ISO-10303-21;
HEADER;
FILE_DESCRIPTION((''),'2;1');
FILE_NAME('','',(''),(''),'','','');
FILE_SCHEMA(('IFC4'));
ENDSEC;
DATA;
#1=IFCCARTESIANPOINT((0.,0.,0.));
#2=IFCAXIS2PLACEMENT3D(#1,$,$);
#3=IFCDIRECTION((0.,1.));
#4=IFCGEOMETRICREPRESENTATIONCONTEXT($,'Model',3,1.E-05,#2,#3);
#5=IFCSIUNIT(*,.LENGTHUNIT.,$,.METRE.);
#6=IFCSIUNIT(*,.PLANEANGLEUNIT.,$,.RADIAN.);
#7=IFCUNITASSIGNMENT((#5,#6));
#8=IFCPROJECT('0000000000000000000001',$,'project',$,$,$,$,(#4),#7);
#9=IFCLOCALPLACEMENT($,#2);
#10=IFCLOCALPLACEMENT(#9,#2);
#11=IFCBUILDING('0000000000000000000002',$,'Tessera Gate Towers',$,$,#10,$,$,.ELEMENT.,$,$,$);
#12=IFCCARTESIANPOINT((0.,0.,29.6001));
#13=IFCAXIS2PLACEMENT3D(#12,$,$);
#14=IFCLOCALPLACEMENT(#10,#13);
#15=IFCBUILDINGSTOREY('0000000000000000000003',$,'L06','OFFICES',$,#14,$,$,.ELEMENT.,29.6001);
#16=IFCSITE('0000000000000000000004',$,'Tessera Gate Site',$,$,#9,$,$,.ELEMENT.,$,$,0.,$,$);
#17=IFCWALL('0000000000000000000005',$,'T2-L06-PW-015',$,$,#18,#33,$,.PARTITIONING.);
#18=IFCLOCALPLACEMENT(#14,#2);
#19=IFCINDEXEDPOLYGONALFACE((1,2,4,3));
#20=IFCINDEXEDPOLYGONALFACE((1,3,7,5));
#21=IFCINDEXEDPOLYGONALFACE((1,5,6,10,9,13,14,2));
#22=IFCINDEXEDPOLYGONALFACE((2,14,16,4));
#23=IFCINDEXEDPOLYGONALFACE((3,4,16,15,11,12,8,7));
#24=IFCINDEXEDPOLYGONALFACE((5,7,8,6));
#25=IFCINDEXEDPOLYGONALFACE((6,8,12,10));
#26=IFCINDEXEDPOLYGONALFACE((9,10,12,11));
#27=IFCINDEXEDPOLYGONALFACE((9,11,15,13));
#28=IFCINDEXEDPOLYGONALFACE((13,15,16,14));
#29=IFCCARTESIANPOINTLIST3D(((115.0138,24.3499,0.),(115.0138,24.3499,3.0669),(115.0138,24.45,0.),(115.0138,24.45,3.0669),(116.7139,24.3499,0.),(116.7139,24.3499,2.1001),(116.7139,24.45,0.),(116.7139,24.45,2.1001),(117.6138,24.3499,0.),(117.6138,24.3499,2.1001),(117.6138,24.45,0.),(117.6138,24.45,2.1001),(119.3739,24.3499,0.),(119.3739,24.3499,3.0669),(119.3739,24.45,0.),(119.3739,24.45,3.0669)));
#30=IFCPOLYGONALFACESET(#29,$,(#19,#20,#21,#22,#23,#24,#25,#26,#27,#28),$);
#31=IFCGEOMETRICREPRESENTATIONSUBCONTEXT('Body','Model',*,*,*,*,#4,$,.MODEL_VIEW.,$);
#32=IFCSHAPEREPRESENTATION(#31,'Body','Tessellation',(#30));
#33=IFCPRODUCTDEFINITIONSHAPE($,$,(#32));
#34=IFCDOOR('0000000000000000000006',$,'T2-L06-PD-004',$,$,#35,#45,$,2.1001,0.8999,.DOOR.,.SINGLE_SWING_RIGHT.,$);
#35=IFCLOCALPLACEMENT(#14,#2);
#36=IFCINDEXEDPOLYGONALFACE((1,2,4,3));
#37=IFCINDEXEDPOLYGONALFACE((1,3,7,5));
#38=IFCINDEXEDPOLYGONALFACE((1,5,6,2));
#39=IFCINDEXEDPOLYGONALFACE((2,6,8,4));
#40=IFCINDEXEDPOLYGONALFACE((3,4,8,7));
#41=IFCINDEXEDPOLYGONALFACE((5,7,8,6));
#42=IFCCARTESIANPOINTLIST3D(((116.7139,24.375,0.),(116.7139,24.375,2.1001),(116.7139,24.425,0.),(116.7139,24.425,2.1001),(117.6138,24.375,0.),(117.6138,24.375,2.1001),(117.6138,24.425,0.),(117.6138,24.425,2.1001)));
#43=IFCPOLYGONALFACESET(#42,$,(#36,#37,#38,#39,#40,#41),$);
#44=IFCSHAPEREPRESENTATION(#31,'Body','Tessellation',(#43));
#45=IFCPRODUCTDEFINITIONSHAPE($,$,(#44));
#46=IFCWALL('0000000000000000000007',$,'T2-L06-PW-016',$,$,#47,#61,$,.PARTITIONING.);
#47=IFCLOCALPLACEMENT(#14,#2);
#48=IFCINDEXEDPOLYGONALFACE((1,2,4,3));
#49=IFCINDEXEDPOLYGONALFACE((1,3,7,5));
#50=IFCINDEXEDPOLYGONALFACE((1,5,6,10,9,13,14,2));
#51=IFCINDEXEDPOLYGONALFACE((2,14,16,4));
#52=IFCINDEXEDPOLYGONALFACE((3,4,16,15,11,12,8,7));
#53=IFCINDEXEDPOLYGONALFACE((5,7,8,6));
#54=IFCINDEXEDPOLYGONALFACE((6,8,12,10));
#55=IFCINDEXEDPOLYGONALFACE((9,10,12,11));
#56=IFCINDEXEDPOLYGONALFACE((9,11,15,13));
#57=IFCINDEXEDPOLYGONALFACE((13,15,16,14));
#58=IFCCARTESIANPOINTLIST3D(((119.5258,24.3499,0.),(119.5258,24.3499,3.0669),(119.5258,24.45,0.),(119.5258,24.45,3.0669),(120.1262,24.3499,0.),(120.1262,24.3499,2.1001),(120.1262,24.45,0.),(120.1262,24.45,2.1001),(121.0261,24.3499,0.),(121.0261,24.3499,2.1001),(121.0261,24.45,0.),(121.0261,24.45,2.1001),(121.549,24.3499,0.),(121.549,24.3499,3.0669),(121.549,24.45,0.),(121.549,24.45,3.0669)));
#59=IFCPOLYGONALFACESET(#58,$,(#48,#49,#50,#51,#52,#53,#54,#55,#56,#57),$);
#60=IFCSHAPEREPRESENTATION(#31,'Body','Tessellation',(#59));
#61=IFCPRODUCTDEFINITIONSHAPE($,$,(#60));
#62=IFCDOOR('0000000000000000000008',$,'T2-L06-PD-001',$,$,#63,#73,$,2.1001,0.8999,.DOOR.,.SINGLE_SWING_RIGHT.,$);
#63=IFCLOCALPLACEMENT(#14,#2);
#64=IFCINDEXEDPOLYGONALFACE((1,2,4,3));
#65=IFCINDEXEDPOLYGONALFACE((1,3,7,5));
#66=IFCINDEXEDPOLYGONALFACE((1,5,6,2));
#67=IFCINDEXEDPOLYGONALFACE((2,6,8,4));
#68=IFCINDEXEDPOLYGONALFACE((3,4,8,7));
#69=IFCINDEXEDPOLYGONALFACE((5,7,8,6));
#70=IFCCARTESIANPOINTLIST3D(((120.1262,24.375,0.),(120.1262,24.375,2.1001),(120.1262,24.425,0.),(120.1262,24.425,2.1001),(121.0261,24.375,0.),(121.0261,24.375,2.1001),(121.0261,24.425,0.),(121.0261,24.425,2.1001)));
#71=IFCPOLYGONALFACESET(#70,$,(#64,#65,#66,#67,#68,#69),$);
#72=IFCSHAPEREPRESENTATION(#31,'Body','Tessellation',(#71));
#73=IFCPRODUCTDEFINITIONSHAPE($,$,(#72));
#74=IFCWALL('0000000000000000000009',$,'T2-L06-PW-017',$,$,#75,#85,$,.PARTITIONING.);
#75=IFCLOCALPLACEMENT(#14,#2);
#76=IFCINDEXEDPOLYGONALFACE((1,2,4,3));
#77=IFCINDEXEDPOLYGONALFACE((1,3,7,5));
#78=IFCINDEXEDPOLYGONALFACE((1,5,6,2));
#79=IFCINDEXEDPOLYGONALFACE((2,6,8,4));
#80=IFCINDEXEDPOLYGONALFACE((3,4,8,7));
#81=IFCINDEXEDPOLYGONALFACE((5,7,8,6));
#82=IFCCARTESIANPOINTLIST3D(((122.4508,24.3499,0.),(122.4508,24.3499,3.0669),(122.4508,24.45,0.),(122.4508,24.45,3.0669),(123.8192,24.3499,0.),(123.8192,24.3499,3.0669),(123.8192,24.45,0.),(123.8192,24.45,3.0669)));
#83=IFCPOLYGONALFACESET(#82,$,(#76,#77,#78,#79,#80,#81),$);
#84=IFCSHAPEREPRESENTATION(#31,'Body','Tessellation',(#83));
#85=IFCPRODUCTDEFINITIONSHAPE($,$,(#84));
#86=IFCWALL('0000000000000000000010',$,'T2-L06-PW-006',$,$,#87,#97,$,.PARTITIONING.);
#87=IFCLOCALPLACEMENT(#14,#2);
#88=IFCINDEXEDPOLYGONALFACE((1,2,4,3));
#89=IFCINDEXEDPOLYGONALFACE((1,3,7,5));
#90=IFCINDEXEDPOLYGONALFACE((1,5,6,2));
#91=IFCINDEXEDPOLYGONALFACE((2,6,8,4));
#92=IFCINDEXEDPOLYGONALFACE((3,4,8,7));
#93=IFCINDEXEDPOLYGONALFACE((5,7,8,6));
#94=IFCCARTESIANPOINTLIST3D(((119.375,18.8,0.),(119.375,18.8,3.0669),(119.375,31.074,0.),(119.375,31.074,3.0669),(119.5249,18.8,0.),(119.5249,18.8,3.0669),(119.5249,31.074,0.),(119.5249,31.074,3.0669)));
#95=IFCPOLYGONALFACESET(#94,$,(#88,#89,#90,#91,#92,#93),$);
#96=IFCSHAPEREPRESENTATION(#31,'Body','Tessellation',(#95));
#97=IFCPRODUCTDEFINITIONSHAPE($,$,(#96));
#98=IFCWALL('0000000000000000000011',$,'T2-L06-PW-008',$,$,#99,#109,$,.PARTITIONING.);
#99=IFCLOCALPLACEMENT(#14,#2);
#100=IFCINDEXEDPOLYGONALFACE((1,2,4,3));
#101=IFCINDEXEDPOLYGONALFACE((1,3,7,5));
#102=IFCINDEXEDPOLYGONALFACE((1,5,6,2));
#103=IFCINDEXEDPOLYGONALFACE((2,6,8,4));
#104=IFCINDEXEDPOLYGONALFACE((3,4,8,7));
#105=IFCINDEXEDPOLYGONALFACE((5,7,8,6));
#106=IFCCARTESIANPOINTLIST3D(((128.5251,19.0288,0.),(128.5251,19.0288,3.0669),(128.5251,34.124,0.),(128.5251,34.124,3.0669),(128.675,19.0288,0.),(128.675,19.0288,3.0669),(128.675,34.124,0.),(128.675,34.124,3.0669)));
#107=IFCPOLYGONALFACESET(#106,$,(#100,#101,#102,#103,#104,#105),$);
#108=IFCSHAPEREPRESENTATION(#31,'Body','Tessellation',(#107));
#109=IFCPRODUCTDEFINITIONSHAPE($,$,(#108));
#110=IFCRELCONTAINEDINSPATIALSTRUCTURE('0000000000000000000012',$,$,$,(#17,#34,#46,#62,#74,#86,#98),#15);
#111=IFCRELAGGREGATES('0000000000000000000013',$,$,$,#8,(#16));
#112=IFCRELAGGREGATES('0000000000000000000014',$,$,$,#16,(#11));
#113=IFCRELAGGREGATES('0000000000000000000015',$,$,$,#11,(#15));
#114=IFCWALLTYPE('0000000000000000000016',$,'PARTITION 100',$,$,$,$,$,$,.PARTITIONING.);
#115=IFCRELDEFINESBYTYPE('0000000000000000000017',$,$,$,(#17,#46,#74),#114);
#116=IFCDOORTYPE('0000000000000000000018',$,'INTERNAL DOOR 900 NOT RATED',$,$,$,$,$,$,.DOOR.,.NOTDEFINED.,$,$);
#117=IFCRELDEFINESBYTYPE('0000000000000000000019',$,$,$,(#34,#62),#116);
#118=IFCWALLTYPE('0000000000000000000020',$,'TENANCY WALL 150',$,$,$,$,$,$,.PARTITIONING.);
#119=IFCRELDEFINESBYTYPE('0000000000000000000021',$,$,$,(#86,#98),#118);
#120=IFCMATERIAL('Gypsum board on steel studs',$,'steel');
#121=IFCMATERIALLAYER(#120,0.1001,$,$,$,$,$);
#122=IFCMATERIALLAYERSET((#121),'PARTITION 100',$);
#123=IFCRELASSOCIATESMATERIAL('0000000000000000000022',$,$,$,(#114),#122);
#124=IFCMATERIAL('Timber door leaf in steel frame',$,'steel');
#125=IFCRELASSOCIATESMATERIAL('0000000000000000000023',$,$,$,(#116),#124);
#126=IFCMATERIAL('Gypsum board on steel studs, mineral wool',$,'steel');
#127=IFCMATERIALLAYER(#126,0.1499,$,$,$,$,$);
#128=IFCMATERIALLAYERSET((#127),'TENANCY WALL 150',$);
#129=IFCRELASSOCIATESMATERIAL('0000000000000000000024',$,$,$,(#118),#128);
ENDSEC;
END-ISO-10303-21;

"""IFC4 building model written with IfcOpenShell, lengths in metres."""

from ifc_helpers import new_model, si_unit, direction, frame, frame_2d, origin, place, context, subcontext, project, spatial, rectangle, extrude, source, transform, mapped, material, layer, layer_set, type_object, element, fill, save


model = new_model("IFC4")

# Units and contexts
model_context = context("Model", 3, precision=1e-05, world=origin(), true_north=direction((0.0, 1.0)))
body_context = subcontext(model_context, "Body", "Model", "MODEL_VIEW")
ifc_project = project(units=[si_unit("LENGTHUNIT", "METRE"), si_unit("PLANEANGLEUNIT", "RADIAN")], contexts=[model_context])

# Site, building, storey
site_placement = place(None, origin())
site = spatial("IfcSite", under=ifc_project, at=site_placement, Name="Tessera Gate Site", CompositionType="ELEMENT", RefElevation=0.0)
building_placement = place(site_placement, origin())
building = spatial("IfcBuilding", under=site, at=building_placement, Name="Tessera Gate Towers", CompositionType="ELEMENT")
storey_placement = place(building_placement, frame((0.0, 0.0, 29.6001)))
storey = spatial("IfcBuildingStorey", under=building, at=storey_placement, Name="L06", Description="OFFICES", CompositionType="ELEMENT", Elevation=29.6001)

# Shared definitions
shared_shape_1 = source(origin(), body_context, "Body", "SweptSolid", [
    extrude(rectangle(XDim=0.8999, YDim=2.1001, at=frame_2d((0.45, 1.05))), frame((0.0, 0.0601, 0.0), z_axis=(0.0, -1.0, 0.0), x_axis=(1.0, 0.0, 0.0)), (0.0, 0.0, 1.0), 0.1201),
])
shared_shape_2 = source(origin(), body_context, "Body", "SweptSolid", [
    extrude(rectangle(XDim=0.8999, YDim=2.1001, at=frame_2d((0.45, 1.05))), frame((0.0, 0.0249, 0.0), z_axis=(0.0, -1.0, 0.0), x_axis=(1.0, 0.0, 0.0)), (0.0, 0.0, 1.0), 0.05),
])

# Shared definitions
ifc_material_1 = material(Name="Gypsum board on steel studs", Category="steel")
ifc_layer_1 = layer(ifc_material_1, 0.1001)
ifc_layer_set_1 = layer_set([ifc_layer_1], Name="PARTITION 100")
wall_type_1 = type_object("IfcWallType", Name="PARTITION 100", PredefinedType="PARTITIONING", material=ifc_layer_set_1)

# Walls, openings, doors
wall_1_placement = place(storey_placement, frame((119.374, 24.3999, 0.0), z_axis=(0.0, 0.0, 1.0), x_axis=(-1.0, 0.0, 0.0)))
wall_1 = element("IfcWall", 1, at=wall_1_placement, inside=storey, type_object=wall_type_1, Name="T2-L06-PW-015", PredefinedType="PARTITIONING", context=body_context, shape_type="SweptSolid", body=[
    extrude(rectangle(XDim=4.3601, YDim=0.1001, at=frame_2d((2.1802, 0.0))), origin(), (0.0, 0.0, 1.0), 3.0669),
])
opening_1_placement = place(wall_1_placement, frame((1.7603, 0.0, 0.0)))
opening_1 = element("IfcOpeningElement", 2, at=opening_1_placement, cuts=wall_1, PredefinedType="OPENING", context=body_context, shape_type="MappedRepresentation", body=[
    mapped(shared_shape_1, transform((0.0, 0.0, 0.0), scale=1.0)),
])
ifc_material_2 = material(Name="Timber door leaf in steel frame", Category="steel")
door_type_1 = type_object("IfcDoorType", Name="INTERNAL DOOR 900 NOT RATED", OperationType="NOTDEFINED", PredefinedType="DOOR", material=ifc_material_2)
door_1_placement = place(opening_1_placement, origin())
door_1 = element("IfcDoor", 3, at=door_1_placement, inside=storey, type_object=door_type_1, Name="T2-L06-PD-004", OperationType="SINGLE_SWING_RIGHT", OverallHeight=2.1001, OverallWidth=0.8999, PredefinedType="DOOR", context=body_context, shape_type="MappedRepresentation", body=[
    mapped(shared_shape_2, transform((0.0, 0.0, 0.0), scale=1.0)),
])
fill(opening_1, door_1)
wall_2_placement = place(storey_placement, frame((121.5491, 24.3999, 0.0), z_axis=(0.0, 0.0, 1.0), x_axis=(-1.0, 0.0, 0.0)))
wall_2 = element("IfcWall", 4, at=wall_2_placement, inside=storey, type_object=wall_type_1, Name="T2-L06-PW-016", PredefinedType="PARTITIONING", context=body_context, shape_type="SweptSolid", body=[
    extrude(rectangle(XDim=2.0232, YDim=0.1001, at=frame_2d((1.0117, 0.0))), origin(), (0.0, 0.0, 1.0), 3.0669),
])
opening_2_placement = place(wall_2_placement, frame((0.5229, 0.0, 0.0)))
opening_2 = element("IfcOpeningElement", 5, at=opening_2_placement, cuts=wall_2, PredefinedType="OPENING", context=body_context, shape_type="MappedRepresentation", body=[
    mapped(shared_shape_1, transform((0.0, 0.0, 0.0), scale=1.0)),
])
door_2_placement = place(opening_2_placement, origin())
door_2 = element("IfcDoor", 6, at=door_2_placement, inside=storey, type_object=door_type_1, Name="T2-L06-PD-001", OperationType="SINGLE_SWING_RIGHT", OverallHeight=2.1001, OverallWidth=0.8999, PredefinedType="DOOR", context=body_context, shape_type="MappedRepresentation", body=[
    mapped(shared_shape_2, transform((0.0, 0.0, 0.0), scale=1.0)),
])
fill(opening_2, door_2)

# Walls
wall_3_placement = place(storey_placement, frame((122.4509, 24.3999, 0.0), z_axis=(0.0, 0.0, 1.0), x_axis=(1.0, 0.0, 0.0)))
element("IfcWall", 7, at=wall_3_placement, inside=storey, type_object=wall_type_1, Name="T2-L06-PW-017", PredefinedType="PARTITIONING", context=body_context, shape_type="SweptSolid", body=[
    extrude(rectangle(XDim=1.3684, YDim=0.1001, at=frame_2d((0.6841, 0.0))), origin(), (0.0, 0.0, 1.0), 3.0669),
])
ifc_material_3 = material(Name="Gypsum board on steel studs, mineral wool", Category="steel")
ifc_layer_2 = layer(ifc_material_3, 0.1499)
ifc_layer_set_2 = layer_set([ifc_layer_2], Name="TENANCY WALL 150")
wall_type_2 = type_object("IfcWallType", Name="TENANCY WALL 150", PredefinedType="PARTITIONING", material=ifc_layer_set_2)
wall_4_placement = place(storey_placement, frame((119.45, 18.8, 0.0), z_axis=(0.0, 0.0, 1.0), x_axis=(0.0, 1.0, 0.0)))
element("IfcWall", 8, at=wall_4_placement, inside=storey, type_object=wall_type_2, Name="T2-L06-PW-006", PredefinedType="PARTITIONING", context=body_context, shape_type="SweptSolid", body=[
    extrude(rectangle(XDim=12.2739, YDim=0.1499, at=frame_2d((6.137, 0.0))), origin(), (0.0, 0.0, 1.0), 3.0669),
])
wall_5_placement = place(storey_placement, frame((128.6001, 19.0288, 0.0), z_axis=(0.0, 0.0, 1.0), x_axis=(0.0, 1.0, 0.0)))
element("IfcWall", 9, at=wall_5_placement, inside=storey, type_object=wall_type_2, Name="T2-L06-PW-008", PredefinedType="PARTITIONING", context=body_context, shape_type="SweptSolid", body=[
    extrude(rectangle(XDim=15.0952, YDim=0.1499, at=frame_2d((7.5476, 0.0))), origin(), (0.0, 0.0, 1.0), 3.0669),
])

save(model, "model.ifc")
